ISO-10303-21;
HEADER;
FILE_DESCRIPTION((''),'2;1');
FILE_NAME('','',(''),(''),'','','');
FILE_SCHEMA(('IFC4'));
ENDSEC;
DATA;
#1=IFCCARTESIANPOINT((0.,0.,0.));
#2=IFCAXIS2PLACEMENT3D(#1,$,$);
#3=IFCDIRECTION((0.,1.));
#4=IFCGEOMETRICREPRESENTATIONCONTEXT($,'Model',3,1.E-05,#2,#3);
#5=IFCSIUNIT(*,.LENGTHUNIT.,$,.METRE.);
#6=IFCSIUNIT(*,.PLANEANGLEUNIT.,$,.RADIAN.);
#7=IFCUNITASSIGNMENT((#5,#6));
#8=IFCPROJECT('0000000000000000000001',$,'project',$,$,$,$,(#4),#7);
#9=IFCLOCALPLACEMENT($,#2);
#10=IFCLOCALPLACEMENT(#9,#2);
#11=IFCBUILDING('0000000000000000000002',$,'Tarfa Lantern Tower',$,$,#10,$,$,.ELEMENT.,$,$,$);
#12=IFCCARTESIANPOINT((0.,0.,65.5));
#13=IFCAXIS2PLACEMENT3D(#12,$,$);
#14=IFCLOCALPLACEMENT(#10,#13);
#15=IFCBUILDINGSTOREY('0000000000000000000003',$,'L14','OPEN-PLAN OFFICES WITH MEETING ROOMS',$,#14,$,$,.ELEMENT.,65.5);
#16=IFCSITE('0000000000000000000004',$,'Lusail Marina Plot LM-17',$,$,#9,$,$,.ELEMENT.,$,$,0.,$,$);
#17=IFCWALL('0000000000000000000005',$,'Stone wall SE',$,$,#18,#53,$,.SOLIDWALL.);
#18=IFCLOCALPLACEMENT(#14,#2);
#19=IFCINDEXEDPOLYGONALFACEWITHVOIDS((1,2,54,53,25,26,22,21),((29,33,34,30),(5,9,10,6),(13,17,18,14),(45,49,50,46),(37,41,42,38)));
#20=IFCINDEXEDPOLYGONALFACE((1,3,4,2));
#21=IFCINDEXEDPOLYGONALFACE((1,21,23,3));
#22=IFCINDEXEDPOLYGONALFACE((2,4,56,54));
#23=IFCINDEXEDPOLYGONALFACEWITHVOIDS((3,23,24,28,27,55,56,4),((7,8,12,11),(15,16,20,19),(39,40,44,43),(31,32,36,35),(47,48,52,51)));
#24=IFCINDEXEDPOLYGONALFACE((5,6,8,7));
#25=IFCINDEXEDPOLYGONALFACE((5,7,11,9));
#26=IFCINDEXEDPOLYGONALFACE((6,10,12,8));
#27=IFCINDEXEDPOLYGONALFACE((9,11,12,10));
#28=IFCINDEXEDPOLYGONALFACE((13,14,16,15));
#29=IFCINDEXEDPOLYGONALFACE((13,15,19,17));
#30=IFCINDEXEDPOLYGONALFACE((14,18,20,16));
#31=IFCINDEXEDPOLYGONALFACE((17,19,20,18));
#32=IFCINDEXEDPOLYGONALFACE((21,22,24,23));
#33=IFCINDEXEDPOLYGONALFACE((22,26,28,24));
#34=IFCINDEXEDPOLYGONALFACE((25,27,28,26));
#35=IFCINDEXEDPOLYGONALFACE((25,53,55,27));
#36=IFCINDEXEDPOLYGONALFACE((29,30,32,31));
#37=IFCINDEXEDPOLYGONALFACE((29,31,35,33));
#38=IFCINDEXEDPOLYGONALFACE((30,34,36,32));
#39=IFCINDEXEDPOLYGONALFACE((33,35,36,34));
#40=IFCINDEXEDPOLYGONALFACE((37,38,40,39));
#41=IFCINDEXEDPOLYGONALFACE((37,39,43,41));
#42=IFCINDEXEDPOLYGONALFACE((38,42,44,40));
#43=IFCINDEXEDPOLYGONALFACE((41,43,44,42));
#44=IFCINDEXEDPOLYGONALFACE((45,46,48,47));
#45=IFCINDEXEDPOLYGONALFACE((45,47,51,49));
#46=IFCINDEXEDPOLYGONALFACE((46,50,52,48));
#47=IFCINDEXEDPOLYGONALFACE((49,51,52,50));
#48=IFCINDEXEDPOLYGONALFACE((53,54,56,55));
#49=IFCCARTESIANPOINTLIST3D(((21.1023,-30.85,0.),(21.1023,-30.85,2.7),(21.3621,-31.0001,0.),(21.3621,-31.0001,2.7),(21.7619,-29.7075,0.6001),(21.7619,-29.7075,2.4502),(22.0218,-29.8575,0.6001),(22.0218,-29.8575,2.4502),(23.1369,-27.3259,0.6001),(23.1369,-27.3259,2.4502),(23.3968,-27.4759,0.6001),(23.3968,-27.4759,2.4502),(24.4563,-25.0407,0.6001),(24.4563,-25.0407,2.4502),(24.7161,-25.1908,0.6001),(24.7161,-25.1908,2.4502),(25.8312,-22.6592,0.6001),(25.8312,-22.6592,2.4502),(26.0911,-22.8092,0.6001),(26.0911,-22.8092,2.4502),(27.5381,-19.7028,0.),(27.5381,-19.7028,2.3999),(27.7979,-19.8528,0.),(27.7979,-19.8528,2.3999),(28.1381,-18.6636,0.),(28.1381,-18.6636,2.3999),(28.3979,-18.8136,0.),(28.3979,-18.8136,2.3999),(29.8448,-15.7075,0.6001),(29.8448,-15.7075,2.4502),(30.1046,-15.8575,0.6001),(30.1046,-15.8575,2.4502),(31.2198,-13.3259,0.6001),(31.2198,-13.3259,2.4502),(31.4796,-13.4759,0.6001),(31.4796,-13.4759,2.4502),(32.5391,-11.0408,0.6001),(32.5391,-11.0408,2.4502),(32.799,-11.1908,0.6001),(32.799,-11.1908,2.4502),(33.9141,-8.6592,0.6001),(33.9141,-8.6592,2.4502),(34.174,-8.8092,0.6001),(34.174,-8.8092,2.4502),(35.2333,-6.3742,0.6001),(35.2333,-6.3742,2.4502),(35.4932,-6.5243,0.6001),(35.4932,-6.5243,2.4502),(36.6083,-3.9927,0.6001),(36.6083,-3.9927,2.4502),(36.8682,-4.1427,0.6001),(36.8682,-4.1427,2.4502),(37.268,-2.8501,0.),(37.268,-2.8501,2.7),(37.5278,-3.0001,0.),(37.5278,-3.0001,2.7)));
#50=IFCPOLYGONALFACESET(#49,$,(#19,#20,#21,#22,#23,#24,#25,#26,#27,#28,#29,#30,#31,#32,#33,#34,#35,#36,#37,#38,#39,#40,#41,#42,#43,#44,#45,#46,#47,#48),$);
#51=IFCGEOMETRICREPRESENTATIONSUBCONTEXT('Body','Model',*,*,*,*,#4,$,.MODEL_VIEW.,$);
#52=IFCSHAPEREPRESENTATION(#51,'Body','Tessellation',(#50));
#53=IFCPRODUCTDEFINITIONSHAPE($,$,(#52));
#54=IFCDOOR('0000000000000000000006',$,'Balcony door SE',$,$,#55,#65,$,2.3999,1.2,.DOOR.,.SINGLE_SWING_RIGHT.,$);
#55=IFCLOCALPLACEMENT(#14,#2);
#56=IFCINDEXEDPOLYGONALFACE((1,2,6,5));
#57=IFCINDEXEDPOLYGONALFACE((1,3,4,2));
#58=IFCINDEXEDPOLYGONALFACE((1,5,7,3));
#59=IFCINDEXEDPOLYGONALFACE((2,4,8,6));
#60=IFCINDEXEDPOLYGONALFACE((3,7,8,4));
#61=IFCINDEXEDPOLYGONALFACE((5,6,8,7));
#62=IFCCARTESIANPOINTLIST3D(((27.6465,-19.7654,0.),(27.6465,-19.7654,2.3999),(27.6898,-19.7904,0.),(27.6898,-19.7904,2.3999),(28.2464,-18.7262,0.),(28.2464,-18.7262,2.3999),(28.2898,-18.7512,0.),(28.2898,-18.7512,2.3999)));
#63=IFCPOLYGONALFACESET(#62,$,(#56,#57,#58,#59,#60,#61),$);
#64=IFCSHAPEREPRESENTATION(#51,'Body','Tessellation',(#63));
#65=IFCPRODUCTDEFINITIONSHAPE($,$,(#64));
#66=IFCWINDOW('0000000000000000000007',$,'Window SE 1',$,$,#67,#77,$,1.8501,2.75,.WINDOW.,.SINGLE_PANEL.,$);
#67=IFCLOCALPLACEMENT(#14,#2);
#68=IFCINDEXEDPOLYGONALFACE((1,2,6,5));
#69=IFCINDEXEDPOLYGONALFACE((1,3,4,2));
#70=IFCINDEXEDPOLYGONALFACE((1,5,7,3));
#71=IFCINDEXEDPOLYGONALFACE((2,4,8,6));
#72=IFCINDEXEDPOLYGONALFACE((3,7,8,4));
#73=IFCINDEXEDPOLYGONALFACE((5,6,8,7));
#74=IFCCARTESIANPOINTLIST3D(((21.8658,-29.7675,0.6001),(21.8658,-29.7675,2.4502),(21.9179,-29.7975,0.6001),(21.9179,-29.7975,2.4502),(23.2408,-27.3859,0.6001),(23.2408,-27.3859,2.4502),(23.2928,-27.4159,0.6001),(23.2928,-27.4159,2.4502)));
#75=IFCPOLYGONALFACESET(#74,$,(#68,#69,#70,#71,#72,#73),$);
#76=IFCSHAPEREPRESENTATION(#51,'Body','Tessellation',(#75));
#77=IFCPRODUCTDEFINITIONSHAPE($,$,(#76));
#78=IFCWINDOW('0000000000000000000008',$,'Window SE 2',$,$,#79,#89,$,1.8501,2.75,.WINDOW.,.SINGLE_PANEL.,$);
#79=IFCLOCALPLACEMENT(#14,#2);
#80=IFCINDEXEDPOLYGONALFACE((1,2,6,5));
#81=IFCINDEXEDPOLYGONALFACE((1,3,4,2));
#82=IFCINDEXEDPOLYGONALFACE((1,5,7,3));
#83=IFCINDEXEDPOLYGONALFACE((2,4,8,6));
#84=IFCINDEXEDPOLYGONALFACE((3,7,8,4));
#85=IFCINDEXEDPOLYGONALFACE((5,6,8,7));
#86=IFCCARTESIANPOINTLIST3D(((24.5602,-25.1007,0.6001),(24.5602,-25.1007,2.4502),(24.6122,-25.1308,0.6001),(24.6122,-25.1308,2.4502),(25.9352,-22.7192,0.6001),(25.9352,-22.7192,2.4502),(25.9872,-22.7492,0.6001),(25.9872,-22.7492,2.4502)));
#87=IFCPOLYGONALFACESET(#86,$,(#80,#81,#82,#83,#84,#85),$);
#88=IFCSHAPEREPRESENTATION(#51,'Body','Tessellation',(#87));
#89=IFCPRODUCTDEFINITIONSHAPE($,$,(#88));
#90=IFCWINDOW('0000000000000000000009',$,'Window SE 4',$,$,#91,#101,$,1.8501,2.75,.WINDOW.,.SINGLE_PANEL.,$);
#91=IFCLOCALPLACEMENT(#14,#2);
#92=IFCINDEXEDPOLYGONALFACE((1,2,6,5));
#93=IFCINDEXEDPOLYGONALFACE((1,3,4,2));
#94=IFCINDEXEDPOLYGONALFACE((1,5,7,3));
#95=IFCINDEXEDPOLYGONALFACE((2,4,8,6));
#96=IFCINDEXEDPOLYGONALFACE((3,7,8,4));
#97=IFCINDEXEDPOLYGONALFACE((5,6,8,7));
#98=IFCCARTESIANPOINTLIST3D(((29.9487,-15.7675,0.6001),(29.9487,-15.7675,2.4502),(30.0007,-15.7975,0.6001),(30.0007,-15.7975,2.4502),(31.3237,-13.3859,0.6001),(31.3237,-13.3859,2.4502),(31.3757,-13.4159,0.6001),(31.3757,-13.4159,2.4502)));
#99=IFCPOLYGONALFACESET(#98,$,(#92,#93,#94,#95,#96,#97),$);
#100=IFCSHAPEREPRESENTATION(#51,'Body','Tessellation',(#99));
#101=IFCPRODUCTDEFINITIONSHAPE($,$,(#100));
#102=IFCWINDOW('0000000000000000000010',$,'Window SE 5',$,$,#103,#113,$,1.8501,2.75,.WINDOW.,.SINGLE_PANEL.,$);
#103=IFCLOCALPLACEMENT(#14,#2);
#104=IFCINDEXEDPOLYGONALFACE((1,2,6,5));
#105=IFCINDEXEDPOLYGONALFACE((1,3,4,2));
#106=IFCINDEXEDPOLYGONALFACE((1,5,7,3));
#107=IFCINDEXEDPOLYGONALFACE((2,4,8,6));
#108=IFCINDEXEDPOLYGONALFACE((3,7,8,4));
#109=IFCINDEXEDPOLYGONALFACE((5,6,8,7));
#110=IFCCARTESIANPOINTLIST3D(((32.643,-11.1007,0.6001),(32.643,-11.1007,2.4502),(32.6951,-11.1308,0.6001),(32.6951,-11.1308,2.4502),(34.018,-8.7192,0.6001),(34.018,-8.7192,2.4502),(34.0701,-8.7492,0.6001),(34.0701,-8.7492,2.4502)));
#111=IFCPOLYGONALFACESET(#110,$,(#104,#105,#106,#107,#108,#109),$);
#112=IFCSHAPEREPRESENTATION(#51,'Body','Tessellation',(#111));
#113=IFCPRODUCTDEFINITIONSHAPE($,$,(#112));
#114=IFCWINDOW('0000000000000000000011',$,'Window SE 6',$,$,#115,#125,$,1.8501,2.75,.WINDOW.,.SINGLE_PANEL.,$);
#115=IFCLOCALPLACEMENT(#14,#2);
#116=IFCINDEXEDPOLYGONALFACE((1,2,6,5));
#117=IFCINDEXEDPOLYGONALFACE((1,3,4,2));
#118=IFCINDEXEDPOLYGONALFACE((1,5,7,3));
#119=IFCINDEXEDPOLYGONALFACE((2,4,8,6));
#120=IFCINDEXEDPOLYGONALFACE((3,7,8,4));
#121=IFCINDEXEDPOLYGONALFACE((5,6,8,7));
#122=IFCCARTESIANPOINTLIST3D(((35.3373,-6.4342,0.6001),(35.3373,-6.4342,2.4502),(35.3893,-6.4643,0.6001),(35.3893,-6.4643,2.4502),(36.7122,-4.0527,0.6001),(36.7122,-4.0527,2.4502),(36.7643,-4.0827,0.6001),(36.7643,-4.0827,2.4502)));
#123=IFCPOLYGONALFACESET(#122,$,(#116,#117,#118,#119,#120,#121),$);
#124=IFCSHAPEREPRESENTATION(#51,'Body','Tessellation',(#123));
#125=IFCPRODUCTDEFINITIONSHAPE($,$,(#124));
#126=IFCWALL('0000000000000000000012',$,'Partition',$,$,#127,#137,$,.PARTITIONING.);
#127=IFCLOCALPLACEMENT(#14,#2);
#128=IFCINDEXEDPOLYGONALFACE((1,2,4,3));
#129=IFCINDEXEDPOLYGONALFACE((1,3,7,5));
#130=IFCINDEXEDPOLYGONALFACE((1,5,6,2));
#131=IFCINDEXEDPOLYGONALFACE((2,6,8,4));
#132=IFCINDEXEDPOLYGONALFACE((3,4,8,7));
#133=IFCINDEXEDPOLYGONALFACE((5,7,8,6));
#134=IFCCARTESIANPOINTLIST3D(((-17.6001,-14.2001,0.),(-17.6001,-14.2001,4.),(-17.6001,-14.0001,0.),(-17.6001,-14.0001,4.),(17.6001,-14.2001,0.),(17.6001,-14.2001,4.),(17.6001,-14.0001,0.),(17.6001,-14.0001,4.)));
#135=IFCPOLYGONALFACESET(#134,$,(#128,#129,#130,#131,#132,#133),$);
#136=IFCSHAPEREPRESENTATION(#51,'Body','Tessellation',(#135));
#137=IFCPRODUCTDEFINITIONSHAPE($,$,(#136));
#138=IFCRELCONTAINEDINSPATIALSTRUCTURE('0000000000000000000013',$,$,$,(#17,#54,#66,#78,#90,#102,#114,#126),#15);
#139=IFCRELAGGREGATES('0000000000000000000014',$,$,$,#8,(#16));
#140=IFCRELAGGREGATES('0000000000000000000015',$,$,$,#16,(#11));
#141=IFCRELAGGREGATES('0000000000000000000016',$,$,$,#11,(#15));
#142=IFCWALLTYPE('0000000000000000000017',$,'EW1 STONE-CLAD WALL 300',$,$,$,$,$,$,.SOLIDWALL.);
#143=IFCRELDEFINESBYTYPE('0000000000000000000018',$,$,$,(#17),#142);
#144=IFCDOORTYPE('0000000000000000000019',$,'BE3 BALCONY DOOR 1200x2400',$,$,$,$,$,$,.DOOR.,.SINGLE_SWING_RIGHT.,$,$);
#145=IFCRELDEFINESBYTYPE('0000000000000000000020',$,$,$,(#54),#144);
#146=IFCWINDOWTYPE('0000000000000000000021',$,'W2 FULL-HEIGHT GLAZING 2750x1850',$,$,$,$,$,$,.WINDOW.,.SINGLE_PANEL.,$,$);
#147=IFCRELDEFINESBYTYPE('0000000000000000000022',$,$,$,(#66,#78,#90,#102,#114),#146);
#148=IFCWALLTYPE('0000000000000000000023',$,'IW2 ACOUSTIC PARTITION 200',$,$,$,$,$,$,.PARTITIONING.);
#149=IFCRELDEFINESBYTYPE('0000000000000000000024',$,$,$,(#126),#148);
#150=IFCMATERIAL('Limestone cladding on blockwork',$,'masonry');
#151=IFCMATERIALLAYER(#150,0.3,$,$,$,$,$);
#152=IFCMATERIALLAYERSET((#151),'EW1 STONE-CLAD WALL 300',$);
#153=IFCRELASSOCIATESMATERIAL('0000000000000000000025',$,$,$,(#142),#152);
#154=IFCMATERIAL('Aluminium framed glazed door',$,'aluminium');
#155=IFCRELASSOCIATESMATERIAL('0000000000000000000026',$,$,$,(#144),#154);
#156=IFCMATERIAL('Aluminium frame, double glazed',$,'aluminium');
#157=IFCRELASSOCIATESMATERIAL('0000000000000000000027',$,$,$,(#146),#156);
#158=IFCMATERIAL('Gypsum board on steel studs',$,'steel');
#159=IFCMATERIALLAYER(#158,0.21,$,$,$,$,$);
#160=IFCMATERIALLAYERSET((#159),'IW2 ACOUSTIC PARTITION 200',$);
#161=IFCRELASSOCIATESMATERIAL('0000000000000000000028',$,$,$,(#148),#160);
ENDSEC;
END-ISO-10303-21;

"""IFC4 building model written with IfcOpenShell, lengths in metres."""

from ifc_helpers import new_model, si_unit, direction, frame, frame_2d, origin, place, context, subcontext, project, spatial, rectangle, extrude, material, layer, layer_set, type_object, element, fill, save


model = new_model("IFC4")

# Units and contexts
model_context = context("Model", 3, precision=1e-05, world=origin(), true_north=direction((0.0, 1.0)))
body_context = subcontext(model_context, "Body", "Model", "MODEL_VIEW")
ifc_project = project(units=[si_unit("LENGTHUNIT", "METRE"), si_unit("PLANEANGLEUNIT", "RADIAN")], contexts=[model_context])

# Site, building, storey
site_placement = place(None, origin())
site = spatial("IfcSite", under=ifc_project, at=site_placement, Name="Lusail Marina Plot LM-17", CompositionType="ELEMENT", RefElevation=0.0)
building_placement = place(site_placement, origin())
building = spatial("IfcBuilding", under=site, at=building_placement, Name="Tarfa Lantern Tower", CompositionType="ELEMENT")
storey_placement = place(building_placement, frame((0.0, 0.0, 65.5)))
storey = spatial("IfcBuildingStorey", under=building, at=storey_placement, Name="L14", Description="OPEN-PLAN OFFICES WITH MEETING ROOMS", CompositionType="ELEMENT", Elevation=65.5)

# Wall, openings, door, windows
ifc_material_1 = material(Name="Limestone cladding on blockwork", Category="masonry")
ifc_layer_1 = layer(ifc_material_1, 0.3)
ifc_layer_set_1 = layer_set([ifc_layer_1], Name="EW1 STONE-CLAD WALL 300")
wall_type_1 = type_object("IfcWallType", Name="EW1 STONE-CLAD WALL 300", PredefinedType="SOLIDWALL", material=ifc_layer_set_1)
wall_1_placement = place(storey_placement, frame((21.2322, -30.925, 0.0), z_axis=(0.0, 0.0, 1.0), x_axis=(0.499999, 0.866026, 0.0)))
wall_1 = element("IfcWall", 1, at=wall_1_placement, inside=storey, type_object=wall_type_1, Name="Stone wall SE", PredefinedType="SOLIDWALL", context=body_context, shape_type="SweptSolid", body=[
    extrude(rectangle(XDim=32.3315, YDim=0.3, at=frame_2d((16.1658, 0.0))), origin(), (0.0, 0.0, 1.0), 2.7),
])
opening_1_placement = place(wall_1_placement, frame((1.3193, 0.0, 0.6001)))
opening_1 = element("IfcOpeningElement", 2, at=opening_1_placement, cuts=wall_1, PredefinedType="OPENING", context=body_context, shape_type="SweptSolid", body=[
    extrude(rectangle(XDim=2.75, YDim=1.8501, at=frame_2d((1.375, 0.925))), frame((0.0, 0.1599, 0.0), z_axis=(0.0, -1.0, 0.0), x_axis=(1.0, 0.0, 0.0)), (0.0, 0.0, 1.0), 0.3201),
])
opening_2_placement = place(wall_1_placement, frame((6.708, 0.0, 0.6001)))
opening_2 = element("IfcOpeningElement", 3, at=opening_2_placement, cuts=wall_1, PredefinedType="OPENING", context=body_context, shape_type="SweptSolid", body=[
    extrude(rectangle(XDim=2.75, YDim=1.8501, at=frame_2d((1.375, 0.925))), frame((0.0, 0.1599, 0.0), z_axis=(0.0, -1.0, 0.0), x_axis=(1.0, 0.0, 0.0)), (0.0, 0.0, 1.0), 0.3201),
])
opening_3_placement = place(wall_1_placement, frame((12.8716, 0.0, 0.0)))
opening_3 = element("IfcOpeningElement", 4, at=opening_3_placement, cuts=wall_1, PredefinedType="OPENING", context=body_context, shape_type="SweptSolid", body=[
    extrude(rectangle(XDim=1.2, YDim=2.3999, at=frame_2d((0.6001, 1.2))), frame((0.0, 0.1599, 0.0), z_axis=(0.0, -1.0, 0.0), x_axis=(1.0, 0.0, 0.0)), (0.0, 0.0, 1.0), 0.3201),
])
opening_4_placement = place(wall_1_placement, frame((17.4851, 0.0, 0.6001)))
opening_4 = element("IfcOpeningElement", 5, at=opening_4_placement, cuts=wall_1, PredefinedType="OPENING", context=body_context, shape_type="SweptSolid", body=[
    extrude(rectangle(XDim=2.75, YDim=1.8501, at=frame_2d((1.375, 0.925))), frame((0.0, 0.1599, 0.0), z_axis=(0.0, -1.0, 0.0), x_axis=(1.0, 0.0, 0.0)), (0.0, 0.0, 1.0), 0.3201),
])
opening_5_placement = place(wall_1_placement, frame((22.8738, 0.0, 0.6001)))
opening_5 = element("IfcOpeningElement", 6, at=opening_5_placement, cuts=wall_1, PredefinedType="OPENING", context=body_context, shape_type="SweptSolid", body=[
    extrude(rectangle(XDim=2.75, YDim=1.8501, at=frame_2d((1.375, 0.925))), frame((0.0, 0.1599, 0.0), z_axis=(0.0, -1.0, 0.0), x_axis=(1.0, 0.0, 0.0)), (0.0, 0.0, 1.0), 0.3201),
])
opening_6_placement = place(wall_1_placement, frame((28.2622, 0.0, 0.6001)))
opening_6 = element("IfcOpeningElement", 7, at=opening_6_placement, cuts=wall_1, PredefinedType="OPENING", context=body_context, shape_type="SweptSolid", body=[
    extrude(rectangle(XDim=2.75, YDim=1.8501, at=frame_2d((1.375, 0.925))), frame((0.0, 0.1599, 0.0), z_axis=(0.0, -1.0, 0.0), x_axis=(1.0, 0.0, 0.0)), (0.0, 0.0, 1.0), 0.3201),
])
ifc_material_2 = material(Name="Aluminium framed glazed door", Category="aluminium")
door_type_1 = type_object("IfcDoorType", Name="BE3 BALCONY DOOR 1200x2400", OperationType="SINGLE_SWING_RIGHT", PredefinedType="DOOR", material=ifc_material_2)
door_1_placement = place(opening_3_placement, origin())
door_1 = element("IfcDoor", 8, at=door_1_placement, inside=storey, type_object=door_type_1, Name="Balcony door SE", OperationType="SINGLE_SWING_RIGHT", OverallHeight=2.3999, OverallWidth=1.2, PredefinedType="DOOR", context=body_context, shape_type="SweptSolid", body=[
    extrude(rectangle(XDim=1.2, YDim=2.3999, at=frame_2d((0.6001, 1.2))), frame((0.0, 0.0249, 0.0), z_axis=(0.0, -1.0, 0.0), x_axis=(1.0, 0.0, 0.0)), (0.0, 0.0, 1.0), 0.05),
])
fill(opening_3, door_1)
ifc_material_3 = material(Name="Aluminium frame, double glazed", Category="aluminium")
window_type = type_object("IfcWindowType", Name="W2 FULL-HEIGHT GLAZING 2750x1850", PartitioningType="SINGLE_PANEL", PredefinedType="WINDOW", material=ifc_material_3)
window_1_placement = place(opening_1_placement, origin())
window_1 = element("IfcWindow", 9, at=window_1_placement, inside=storey, type_object=window_type, Name="Window SE 1", OverallHeight=1.8501, OverallWidth=2.75, PartitioningType="SINGLE_PANEL", PredefinedType="WINDOW", context=body_context, shape_type="SweptSolid", body=[
    extrude(rectangle(XDim=2.75, YDim=1.8501, at=frame_2d((1.375, 0.925))), frame((0.0, 0.03, 0.0), z_axis=(0.0, -1.0, 0.0), x_axis=(1.0, 0.0, 0.0)), (0.0, 0.0, 1.0), 0.0601),
])
fill(opening_1, window_1)
window_2_placement = place(opening_2_placement, origin())
window_2 = element("IfcWindow", 10, at=window_2_placement, inside=storey, type_object=window_type, Name="Window SE 2", OverallHeight=1.8501, OverallWidth=2.75, PartitioningType="SINGLE_PANEL", PredefinedType="WINDOW", context=body_context, shape_type="SweptSolid", body=[
    extrude(rectangle(XDim=2.75, YDim=1.8501, at=frame_2d((1.375, 0.925))), frame((0.0, 0.03, 0.0), z_axis=(0.0, -1.0, 0.0), x_axis=(1.0, 0.0, 0.0)), (0.0, 0.0, 1.0), 0.0601),
])
fill(opening_2, window_2)
window_3_placement = place(opening_4_placement, origin())
window_3 = element("IfcWindow", 11, at=window_3_placement, inside=storey, type_object=window_type, Name="Window SE 4", OverallHeight=1.8501, OverallWidth=2.75, PartitioningType="SINGLE_PANEL", PredefinedType="WINDOW", context=body_context, shape_type="SweptSolid", body=[
    extrude(rectangle(XDim=2.75, YDim=1.8501, at=frame_2d((1.375, 0.925))), frame((0.0, 0.03, 0.0), z_axis=(0.0, -1.0, 0.0), x_axis=(1.0, 0.0, 0.0)), (0.0, 0.0, 1.0), 0.0601),
])
fill(opening_4, window_3)
window_4_placement = place(opening_5_placement, origin())
window_4 = element("IfcWindow", 12, at=window_4_placement, inside=storey, type_object=window_type, Name="Window SE 5", OverallHeight=1.8501, OverallWidth=2.75, PartitioningType="SINGLE_PANEL", PredefinedType="WINDOW", context=body_context, shape_type="SweptSolid", body=[
    extrude(rectangle(XDim=2.75, YDim=1.8501, at=frame_2d((1.375, 0.925))), frame((0.0, 0.03, 0.0), z_axis=(0.0, -1.0, 0.0), x_axis=(1.0, 0.0, 0.0)), (0.0, 0.0, 1.0), 0.0601),
])
fill(opening_5, window_4)
window_5_placement = place(opening_6_placement, origin())
window_5 = element("IfcWindow", 13, at=window_5_placement, inside=storey, type_object=window_type, Name="Window SE 6", OverallHeight=1.8501, OverallWidth=2.75, PartitioningType="SINGLE_PANEL", PredefinedType="WINDOW", context=body_context, shape_type="SweptSolid", body=[
    extrude(rectangle(XDim=2.75, YDim=1.8501, at=frame_2d((1.375, 0.925))), frame((0.0, 0.03, 0.0), z_axis=(0.0, -1.0, 0.0), x_axis=(1.0, 0.0, 0.0)), (0.0, 0.0, 1.0), 0.0601),
])
fill(opening_6, window_5)

# Wall
ifc_material_4 = material(Name="Gypsum board on steel studs", Category="steel")
ifc_layer_2 = layer(ifc_material_4, 0.21)
ifc_layer_set_2 = layer_set([ifc_layer_2], Name="IW2 ACOUSTIC PARTITION 200")
wall_type_2 = type_object("IfcWallType", Name="IW2 ACOUSTIC PARTITION 200", PredefinedType="PARTITIONING", material=ifc_layer_set_2)
wall_2_placement = place(storey_placement, frame((17.6001, -14.1001, 0.0), z_axis=(0.0, 0.0, 1.0), x_axis=(-1.0, 0.0, 0.0)))
element("IfcWall", 14, at=wall_2_placement, inside=storey, type_object=wall_type_2, Name="Partition", PredefinedType="PARTITIONING", context=body_context, shape_type="SweptSolid", body=[
    extrude(rectangle(XDim=35.2002, YDim=0.2, at=frame_2d((17.6001, 0.0))), origin(), (0.0, 0.0, 1.0), 4.0),
])

save(model, "model.ifc")
